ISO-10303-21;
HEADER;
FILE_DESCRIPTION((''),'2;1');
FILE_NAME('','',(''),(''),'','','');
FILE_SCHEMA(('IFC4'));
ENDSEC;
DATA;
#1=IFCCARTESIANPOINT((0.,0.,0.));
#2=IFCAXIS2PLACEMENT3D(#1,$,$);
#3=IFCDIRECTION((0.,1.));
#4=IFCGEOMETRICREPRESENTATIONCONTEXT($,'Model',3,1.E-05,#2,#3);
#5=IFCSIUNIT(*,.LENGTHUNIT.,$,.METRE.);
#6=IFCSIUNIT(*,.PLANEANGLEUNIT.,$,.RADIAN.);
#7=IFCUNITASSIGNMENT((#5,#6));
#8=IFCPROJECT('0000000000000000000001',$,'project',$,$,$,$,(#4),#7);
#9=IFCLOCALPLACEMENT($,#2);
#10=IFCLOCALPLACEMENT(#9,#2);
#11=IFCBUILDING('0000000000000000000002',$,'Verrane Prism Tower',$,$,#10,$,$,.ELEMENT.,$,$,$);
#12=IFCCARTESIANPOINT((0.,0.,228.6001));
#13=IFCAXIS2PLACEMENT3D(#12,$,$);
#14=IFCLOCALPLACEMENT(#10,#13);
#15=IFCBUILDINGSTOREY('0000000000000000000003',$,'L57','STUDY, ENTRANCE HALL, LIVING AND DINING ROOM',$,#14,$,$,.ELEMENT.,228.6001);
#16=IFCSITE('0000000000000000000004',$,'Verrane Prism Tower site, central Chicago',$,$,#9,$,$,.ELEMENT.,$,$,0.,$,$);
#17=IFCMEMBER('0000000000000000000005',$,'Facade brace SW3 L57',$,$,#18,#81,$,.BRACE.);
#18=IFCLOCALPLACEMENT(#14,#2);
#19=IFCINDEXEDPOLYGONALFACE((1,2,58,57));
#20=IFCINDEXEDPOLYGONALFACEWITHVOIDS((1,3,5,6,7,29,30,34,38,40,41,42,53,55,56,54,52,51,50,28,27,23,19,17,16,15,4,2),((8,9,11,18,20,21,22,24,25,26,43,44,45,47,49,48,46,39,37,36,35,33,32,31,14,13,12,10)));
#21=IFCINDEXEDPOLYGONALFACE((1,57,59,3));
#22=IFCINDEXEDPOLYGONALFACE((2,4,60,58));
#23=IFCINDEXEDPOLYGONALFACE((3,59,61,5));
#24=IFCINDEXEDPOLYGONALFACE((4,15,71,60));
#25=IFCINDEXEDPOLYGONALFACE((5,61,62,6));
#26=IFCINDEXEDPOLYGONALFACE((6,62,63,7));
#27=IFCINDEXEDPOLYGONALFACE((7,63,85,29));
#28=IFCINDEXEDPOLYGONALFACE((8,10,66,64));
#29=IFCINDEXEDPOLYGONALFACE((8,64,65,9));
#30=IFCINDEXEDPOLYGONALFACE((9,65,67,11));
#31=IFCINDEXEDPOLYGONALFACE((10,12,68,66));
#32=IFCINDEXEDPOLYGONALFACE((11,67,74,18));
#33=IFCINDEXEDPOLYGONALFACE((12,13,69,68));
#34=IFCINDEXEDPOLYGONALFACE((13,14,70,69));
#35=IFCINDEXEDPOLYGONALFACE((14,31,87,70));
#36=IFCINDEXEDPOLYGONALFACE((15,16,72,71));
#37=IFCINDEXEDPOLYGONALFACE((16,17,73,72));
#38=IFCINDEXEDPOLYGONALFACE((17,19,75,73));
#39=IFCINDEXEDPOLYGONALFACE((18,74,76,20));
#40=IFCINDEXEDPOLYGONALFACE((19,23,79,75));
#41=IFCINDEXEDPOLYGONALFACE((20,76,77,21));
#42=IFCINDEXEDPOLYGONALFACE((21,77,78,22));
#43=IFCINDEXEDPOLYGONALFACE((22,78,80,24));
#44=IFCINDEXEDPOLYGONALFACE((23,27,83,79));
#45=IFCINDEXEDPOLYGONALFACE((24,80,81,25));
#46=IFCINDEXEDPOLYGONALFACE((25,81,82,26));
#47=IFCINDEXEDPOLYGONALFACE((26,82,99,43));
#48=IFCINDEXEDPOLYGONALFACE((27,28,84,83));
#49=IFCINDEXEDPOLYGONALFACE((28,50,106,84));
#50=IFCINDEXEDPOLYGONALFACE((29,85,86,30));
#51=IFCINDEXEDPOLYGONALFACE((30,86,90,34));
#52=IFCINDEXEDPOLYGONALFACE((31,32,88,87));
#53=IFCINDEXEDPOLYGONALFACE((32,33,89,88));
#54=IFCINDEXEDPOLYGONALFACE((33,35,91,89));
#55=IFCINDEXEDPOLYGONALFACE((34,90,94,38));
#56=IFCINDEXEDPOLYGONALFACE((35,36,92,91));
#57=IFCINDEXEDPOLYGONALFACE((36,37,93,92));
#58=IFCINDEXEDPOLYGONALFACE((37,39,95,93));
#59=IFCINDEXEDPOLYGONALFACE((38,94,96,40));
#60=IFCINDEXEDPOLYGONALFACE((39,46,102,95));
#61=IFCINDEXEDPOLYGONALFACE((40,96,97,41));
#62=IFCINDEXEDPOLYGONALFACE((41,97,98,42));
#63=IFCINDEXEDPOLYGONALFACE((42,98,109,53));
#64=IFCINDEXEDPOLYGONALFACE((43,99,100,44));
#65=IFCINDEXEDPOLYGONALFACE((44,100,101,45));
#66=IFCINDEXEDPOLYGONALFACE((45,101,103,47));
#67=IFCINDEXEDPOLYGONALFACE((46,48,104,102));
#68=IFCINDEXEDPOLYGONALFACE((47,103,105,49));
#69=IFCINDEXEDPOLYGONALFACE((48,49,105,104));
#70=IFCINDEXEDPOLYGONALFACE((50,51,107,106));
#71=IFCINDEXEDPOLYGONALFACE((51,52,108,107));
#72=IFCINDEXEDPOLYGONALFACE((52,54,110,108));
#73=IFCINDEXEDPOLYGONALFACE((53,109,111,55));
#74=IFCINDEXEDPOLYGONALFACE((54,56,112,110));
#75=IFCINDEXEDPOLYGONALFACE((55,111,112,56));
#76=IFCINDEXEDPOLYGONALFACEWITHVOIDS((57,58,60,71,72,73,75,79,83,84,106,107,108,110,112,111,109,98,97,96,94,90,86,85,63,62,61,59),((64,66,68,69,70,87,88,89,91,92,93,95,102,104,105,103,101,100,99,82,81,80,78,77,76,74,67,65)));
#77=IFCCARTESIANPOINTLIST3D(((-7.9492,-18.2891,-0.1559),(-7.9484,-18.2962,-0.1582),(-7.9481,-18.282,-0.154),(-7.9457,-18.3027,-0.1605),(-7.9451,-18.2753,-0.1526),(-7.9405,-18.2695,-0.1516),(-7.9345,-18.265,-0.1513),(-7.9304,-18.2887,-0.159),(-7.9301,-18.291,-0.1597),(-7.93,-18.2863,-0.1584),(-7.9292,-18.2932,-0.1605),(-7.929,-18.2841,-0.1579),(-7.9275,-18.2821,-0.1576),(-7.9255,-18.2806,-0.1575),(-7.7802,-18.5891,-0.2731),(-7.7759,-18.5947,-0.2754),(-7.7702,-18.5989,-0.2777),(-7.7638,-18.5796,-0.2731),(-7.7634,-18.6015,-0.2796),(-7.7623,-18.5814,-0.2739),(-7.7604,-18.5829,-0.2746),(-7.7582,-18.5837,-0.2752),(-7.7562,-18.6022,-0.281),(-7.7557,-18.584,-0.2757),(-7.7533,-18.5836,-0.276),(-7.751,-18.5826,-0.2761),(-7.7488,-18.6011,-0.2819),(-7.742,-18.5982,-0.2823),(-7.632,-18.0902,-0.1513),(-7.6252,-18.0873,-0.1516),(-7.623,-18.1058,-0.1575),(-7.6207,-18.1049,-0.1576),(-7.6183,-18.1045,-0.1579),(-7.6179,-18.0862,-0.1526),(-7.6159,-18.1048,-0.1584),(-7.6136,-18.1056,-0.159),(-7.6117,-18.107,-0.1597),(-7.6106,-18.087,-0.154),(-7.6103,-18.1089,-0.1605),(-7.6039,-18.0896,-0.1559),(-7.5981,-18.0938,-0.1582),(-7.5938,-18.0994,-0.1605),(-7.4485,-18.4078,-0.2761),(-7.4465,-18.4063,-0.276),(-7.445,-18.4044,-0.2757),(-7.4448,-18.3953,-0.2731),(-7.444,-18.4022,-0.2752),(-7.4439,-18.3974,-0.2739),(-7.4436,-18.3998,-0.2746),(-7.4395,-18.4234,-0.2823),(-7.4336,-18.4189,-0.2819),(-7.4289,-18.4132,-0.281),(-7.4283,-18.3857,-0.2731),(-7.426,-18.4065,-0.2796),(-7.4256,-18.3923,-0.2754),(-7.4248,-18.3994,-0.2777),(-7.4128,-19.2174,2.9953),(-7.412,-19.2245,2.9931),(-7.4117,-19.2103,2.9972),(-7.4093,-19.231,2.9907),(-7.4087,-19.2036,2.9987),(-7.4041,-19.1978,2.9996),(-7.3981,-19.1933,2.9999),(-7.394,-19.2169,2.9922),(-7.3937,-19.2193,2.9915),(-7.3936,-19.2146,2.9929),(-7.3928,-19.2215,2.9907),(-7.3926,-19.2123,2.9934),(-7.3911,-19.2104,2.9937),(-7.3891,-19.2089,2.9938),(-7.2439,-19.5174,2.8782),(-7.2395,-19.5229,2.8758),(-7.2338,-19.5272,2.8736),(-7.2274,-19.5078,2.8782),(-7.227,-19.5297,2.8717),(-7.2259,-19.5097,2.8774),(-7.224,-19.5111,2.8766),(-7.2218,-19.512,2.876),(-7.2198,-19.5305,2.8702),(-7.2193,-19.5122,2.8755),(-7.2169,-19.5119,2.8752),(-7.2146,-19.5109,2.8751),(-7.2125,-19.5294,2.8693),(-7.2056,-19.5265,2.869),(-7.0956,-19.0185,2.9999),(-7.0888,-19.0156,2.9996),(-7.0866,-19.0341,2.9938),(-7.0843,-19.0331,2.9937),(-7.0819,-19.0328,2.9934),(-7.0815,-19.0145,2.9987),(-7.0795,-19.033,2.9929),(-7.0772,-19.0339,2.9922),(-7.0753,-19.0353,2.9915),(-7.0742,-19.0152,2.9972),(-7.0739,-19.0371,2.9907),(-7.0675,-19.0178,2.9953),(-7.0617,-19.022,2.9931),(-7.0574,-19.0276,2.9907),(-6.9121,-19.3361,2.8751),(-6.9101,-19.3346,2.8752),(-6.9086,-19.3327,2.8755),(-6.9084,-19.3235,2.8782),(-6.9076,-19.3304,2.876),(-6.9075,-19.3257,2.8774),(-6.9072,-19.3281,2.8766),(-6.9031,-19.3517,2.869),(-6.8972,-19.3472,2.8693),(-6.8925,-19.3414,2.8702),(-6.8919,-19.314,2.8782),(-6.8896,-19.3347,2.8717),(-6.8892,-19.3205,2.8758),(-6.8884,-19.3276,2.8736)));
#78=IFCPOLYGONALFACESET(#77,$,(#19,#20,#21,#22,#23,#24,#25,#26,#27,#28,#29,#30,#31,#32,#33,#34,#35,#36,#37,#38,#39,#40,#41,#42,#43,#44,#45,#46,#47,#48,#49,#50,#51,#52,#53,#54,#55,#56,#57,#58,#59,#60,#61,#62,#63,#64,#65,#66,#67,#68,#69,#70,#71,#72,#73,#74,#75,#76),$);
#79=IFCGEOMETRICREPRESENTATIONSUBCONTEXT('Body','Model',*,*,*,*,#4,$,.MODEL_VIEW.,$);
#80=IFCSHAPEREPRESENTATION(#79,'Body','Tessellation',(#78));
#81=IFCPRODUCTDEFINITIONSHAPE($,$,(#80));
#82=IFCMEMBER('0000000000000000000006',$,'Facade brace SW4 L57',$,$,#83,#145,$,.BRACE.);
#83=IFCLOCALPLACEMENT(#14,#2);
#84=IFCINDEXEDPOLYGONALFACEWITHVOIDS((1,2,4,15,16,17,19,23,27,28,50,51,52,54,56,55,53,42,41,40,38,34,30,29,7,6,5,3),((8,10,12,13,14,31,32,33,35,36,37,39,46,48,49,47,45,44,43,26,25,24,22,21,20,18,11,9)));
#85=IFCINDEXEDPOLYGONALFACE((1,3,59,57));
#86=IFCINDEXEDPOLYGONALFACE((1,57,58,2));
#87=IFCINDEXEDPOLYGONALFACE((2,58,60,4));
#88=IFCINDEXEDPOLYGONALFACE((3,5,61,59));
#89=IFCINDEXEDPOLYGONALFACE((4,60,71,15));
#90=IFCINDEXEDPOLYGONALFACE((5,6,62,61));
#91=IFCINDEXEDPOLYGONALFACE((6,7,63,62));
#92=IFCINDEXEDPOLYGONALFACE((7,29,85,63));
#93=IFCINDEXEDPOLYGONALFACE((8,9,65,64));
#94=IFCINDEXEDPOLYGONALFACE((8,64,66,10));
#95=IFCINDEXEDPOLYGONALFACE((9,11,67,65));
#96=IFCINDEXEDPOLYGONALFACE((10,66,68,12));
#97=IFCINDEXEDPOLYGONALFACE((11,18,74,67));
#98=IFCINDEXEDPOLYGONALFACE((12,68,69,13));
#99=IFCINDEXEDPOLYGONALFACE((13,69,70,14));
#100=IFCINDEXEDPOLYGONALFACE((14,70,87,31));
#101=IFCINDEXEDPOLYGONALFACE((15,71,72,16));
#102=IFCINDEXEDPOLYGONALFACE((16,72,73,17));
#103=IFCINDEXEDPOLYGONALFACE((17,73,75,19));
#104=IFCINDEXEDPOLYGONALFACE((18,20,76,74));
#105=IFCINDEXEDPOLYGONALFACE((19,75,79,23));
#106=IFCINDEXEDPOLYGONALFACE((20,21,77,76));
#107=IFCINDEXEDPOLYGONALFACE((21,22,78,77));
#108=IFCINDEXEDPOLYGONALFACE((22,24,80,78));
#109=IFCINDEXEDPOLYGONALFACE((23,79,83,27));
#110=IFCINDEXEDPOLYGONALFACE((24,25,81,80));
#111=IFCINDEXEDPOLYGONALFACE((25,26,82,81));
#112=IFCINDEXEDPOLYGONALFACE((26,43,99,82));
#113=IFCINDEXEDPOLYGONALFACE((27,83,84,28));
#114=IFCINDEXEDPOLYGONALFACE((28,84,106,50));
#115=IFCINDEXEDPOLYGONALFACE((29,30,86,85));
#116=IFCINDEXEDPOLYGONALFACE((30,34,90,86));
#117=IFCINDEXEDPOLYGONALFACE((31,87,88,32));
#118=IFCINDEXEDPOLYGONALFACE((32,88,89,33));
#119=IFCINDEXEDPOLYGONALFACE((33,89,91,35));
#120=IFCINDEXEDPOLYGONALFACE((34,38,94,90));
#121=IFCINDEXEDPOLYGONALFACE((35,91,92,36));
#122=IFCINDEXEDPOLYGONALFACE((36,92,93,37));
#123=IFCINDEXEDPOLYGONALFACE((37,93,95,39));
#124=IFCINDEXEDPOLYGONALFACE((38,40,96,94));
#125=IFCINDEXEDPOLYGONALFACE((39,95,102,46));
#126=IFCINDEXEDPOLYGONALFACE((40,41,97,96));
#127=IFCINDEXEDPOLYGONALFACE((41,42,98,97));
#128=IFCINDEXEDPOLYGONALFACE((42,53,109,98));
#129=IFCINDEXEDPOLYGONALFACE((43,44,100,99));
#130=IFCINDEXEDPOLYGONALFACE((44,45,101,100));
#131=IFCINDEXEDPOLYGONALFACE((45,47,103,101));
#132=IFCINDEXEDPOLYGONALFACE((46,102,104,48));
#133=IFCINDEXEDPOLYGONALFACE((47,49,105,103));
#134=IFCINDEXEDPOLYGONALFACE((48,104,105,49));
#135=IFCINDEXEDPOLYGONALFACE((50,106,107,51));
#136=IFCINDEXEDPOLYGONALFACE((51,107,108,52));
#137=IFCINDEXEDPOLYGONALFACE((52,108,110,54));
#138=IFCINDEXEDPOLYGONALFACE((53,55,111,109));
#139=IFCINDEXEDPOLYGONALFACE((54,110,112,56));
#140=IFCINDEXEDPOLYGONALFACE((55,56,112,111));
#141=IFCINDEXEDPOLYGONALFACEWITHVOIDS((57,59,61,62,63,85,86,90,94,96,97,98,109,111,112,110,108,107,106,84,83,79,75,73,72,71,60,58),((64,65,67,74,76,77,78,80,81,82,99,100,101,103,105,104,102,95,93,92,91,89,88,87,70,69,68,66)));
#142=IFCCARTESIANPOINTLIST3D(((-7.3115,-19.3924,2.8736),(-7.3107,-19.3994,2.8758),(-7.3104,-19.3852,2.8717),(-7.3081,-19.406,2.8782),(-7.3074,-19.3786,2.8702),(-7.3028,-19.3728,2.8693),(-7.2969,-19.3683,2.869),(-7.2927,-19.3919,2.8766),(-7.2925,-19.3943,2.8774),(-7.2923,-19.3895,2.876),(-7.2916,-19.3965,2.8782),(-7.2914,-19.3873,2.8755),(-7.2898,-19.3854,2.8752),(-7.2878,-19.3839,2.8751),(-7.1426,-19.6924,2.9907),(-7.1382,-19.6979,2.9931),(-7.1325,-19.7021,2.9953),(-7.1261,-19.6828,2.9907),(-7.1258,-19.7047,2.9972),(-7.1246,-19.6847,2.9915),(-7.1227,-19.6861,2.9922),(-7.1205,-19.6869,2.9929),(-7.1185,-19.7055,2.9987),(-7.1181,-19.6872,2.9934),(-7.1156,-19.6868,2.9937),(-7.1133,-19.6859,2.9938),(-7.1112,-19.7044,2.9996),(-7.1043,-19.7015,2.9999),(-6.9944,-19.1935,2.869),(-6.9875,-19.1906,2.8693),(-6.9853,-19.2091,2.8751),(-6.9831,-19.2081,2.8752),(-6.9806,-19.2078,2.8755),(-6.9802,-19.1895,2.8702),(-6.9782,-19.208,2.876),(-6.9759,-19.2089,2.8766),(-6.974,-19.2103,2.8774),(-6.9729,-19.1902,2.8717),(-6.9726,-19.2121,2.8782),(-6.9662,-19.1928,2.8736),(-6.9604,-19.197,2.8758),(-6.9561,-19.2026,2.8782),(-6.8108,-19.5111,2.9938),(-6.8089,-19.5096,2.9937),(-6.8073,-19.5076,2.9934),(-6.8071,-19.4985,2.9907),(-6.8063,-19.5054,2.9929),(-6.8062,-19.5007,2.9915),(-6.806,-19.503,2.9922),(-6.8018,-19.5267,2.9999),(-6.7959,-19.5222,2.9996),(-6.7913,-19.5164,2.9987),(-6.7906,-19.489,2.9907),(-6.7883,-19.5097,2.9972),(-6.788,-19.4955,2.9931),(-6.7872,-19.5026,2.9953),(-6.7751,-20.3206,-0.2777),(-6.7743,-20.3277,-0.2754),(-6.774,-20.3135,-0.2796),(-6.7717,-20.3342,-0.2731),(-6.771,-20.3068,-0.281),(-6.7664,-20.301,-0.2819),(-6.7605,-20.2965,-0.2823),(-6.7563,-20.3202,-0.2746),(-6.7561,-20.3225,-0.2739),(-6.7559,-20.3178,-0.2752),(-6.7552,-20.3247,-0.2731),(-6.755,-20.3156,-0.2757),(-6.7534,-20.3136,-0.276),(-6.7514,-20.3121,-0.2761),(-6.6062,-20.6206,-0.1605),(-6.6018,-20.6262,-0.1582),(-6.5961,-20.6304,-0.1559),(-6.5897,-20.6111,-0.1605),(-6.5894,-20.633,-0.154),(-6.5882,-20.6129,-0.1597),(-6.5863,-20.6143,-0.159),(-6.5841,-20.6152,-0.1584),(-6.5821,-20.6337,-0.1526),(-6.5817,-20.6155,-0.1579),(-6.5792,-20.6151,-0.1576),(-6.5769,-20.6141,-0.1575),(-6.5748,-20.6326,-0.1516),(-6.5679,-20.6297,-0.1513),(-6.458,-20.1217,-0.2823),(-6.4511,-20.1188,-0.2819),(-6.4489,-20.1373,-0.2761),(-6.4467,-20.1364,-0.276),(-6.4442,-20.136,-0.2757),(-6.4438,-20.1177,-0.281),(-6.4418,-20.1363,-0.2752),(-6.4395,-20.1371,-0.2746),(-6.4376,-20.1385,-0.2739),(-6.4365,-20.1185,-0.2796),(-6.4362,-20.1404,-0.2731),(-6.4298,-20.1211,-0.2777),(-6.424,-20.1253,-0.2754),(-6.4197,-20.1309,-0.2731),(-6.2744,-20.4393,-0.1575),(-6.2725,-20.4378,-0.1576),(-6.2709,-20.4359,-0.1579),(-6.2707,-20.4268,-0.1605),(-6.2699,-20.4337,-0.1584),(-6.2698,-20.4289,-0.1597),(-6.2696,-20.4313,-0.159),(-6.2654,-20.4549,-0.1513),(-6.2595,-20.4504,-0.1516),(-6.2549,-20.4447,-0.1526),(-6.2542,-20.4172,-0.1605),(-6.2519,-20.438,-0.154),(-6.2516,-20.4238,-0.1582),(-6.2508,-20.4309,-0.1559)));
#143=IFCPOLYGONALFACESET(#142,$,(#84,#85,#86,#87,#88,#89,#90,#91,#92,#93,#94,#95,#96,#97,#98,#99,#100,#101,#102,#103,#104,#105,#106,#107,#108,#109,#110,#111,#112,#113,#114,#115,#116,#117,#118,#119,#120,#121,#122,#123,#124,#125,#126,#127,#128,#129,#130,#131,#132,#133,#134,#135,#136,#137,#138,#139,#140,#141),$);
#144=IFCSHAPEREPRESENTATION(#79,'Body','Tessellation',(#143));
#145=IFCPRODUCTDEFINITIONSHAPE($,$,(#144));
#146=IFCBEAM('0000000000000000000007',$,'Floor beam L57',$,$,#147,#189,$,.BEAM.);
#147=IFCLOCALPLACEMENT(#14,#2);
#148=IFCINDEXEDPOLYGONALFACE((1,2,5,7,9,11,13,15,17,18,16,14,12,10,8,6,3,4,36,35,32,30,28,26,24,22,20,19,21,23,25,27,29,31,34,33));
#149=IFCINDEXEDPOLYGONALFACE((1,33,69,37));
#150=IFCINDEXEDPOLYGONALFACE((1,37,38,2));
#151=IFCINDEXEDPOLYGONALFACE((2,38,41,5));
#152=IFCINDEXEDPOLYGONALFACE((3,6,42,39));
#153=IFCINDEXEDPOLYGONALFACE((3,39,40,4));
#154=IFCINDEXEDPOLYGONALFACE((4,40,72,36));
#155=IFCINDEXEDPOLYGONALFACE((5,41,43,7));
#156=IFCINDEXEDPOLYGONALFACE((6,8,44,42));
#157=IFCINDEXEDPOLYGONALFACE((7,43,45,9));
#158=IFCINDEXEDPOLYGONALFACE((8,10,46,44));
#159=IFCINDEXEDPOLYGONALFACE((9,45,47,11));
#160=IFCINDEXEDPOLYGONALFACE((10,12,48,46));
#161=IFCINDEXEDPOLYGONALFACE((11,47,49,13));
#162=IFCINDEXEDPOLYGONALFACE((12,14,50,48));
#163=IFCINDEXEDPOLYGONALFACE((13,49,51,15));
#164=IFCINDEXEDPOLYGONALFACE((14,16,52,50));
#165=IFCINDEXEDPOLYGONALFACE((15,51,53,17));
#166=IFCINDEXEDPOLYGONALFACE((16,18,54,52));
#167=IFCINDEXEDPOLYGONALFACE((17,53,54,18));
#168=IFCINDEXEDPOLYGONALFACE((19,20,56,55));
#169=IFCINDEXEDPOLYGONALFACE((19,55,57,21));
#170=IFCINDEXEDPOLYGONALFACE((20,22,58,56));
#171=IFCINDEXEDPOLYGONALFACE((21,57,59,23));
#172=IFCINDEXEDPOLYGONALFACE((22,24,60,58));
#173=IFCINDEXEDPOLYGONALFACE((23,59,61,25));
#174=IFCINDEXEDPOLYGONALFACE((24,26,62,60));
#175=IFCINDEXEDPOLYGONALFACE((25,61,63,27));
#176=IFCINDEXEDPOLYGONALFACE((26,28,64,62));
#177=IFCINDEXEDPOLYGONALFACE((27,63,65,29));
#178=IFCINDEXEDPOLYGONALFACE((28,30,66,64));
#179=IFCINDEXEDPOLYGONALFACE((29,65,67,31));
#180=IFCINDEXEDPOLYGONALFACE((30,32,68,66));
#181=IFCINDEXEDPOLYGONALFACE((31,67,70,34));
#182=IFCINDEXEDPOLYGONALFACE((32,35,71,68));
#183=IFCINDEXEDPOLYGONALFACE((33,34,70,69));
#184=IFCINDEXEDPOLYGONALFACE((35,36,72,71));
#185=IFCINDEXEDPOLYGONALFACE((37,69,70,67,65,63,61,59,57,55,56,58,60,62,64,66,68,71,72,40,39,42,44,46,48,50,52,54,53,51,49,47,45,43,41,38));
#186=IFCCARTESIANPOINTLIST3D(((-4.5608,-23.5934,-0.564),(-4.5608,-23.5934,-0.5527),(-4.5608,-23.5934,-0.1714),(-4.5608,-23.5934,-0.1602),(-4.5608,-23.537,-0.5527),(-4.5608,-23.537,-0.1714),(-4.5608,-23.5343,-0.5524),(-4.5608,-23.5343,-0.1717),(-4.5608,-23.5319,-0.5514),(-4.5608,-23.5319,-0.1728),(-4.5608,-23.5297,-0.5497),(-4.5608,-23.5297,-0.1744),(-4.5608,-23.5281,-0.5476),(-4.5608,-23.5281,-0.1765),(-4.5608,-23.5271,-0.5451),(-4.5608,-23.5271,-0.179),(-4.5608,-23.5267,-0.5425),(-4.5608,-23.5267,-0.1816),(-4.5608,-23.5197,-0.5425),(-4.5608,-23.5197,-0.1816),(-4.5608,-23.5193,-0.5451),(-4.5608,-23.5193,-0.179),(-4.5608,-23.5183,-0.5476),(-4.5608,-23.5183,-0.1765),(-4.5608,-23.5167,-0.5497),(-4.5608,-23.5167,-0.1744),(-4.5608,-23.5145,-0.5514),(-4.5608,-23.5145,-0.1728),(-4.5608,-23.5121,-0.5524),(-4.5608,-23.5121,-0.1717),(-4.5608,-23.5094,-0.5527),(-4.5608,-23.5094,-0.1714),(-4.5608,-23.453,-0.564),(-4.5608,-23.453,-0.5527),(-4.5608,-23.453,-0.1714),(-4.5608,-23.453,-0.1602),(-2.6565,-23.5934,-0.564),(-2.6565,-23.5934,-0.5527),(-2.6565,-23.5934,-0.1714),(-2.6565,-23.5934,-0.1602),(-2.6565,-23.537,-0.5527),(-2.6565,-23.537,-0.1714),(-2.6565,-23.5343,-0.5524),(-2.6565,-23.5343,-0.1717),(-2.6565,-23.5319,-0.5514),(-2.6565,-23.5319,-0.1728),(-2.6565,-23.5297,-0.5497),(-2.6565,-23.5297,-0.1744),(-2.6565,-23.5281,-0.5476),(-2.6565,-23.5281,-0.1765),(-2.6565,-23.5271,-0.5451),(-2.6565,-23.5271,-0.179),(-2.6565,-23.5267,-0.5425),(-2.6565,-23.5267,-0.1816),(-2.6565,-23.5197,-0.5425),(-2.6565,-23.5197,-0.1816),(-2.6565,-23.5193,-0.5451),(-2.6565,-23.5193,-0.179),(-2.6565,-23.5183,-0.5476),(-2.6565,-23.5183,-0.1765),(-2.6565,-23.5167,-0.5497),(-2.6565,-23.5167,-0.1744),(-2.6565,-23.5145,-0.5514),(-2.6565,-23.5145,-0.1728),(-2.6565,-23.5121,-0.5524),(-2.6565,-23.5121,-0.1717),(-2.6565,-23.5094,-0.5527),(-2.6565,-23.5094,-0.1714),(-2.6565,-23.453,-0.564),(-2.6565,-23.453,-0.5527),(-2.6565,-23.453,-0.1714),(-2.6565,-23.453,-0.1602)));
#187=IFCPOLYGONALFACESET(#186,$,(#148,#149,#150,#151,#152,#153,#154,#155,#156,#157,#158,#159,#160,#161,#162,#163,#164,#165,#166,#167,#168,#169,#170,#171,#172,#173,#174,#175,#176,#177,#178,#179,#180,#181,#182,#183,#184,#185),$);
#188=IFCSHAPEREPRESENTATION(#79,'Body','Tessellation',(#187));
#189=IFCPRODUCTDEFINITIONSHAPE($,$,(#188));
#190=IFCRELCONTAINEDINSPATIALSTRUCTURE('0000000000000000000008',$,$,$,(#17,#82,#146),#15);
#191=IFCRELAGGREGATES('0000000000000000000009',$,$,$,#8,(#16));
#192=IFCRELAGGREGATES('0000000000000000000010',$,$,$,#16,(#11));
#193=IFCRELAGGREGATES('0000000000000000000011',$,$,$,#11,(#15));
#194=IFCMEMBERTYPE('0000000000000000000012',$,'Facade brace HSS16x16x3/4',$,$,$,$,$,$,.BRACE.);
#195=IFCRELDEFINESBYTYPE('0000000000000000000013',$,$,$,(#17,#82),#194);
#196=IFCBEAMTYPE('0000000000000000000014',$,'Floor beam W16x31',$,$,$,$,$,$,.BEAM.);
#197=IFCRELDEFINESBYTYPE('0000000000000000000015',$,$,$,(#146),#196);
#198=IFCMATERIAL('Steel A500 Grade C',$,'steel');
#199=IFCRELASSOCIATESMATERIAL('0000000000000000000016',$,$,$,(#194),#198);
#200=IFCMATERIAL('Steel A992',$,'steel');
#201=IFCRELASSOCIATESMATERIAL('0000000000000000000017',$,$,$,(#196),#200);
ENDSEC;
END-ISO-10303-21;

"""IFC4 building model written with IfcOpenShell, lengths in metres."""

from ifc_helpers import new_model, si_unit, direction, frame, origin, origin_2d, place, context, subcontext, project, spatial, hollow_rectangle, i_section, extrude, material, material_profile, profile_set, type_object, element, save


model = new_model("IFC4")

# Units and contexts
model_context = context("Model", 3, precision=1e-05, world=origin(), true_north=direction((0.0, 1.0)))
body_context = subcontext(model_context, "Body", "Model", "MODEL_VIEW")
ifc_project = project(units=[si_unit("LENGTHUNIT", "METRE"), si_unit("PLANEANGLEUNIT", "RADIAN")], contexts=[model_context])

# Site, building, storey
site_placement = place(None, origin())
site = spatial("IfcSite", under=ifc_project, at=site_placement, Name="Verrane Prism Tower site, central Chicago", CompositionType="ELEMENT", RefElevation=0.0)
building_placement = place(site_placement, origin())
building = spatial("IfcBuilding", under=site, at=building_placement, Name="Verrane Prism Tower", CompositionType="ELEMENT")
storey_placement = place(building_placement, frame((0.0, 0.0, 228.6001)))
storey = spatial("IfcBuildingStorey", under=building, at=storey_placement, Name="L57", Description="STUDY, ENTRANCE HALL, LIVING AND DINING ROOM", CompositionType="ELEMENT", Elevation=228.6001)

# Members
ifc_material_1 = material(Name="Steel A500 Grade C", Category="steel")
ifc_material_profile_1 = material_profile(ifc_material_1, hollow_rectangle(XDim=0.4065, YDim=0.4065, WallThickness=0.019, InnerFilletRadius=0.0095, OuterFilletRadius=0.0286, at=origin_2d()), Name="HSS16x16x3/4")
ifc_profile_set_1 = profile_set([ifc_material_profile_1], Name="Steel A500 Grade C")
member_type_1 = type_object("IfcMemberType", Name="Facade brace HSS16x16x3/4", PredefinedType="BRACE", material=ifc_profile_set_1)
for number, where, z_axis, x_axis, name in (
    (1, (-7.687, -18.3442, -0.2168), (0.161147, -0.278872, 0.946711), (0.865837, 0.500327, 0.0), "Facade brace SW3 L57"),
    (2, (-6.5129, -20.3757, -0.2168), (-0.161147, 0.278872, 0.946711), (-0.865837, -0.500327, 0.0), "Facade brace SW4 L57"),
):
    element("IfcMember", number, at=place(storey_placement, frame(where, z_axis=z_axis, x_axis=x_axis)), inside=storey, type_object=member_type_1, Name=name, PredefinedType="BRACE", context=body_context, shape_type="SweptSolid", body=[
        extrude(hollow_rectangle(XDim=0.4065, YDim=0.4065, WallThickness=0.019, InnerFilletRadius=0.0095, OuterFilletRadius=0.0286, at=origin_2d()), origin(), (0.0, 0.0, 1.0), 3.3286),
    ])

# Beam
ifc_material_2 = material(Name="Steel A992", Category="steel")
ifc_material_profile_2 = material_profile(ifc_material_2, i_section(OverallWidth=0.1404, OverallDepth=0.4038, WebThickness=0.0071, FlangeThickness=0.0112, FilletRadius=0.0103, at=origin_2d()), Name="W16x31")
ifc_profile_set_2 = profile_set([ifc_material_profile_2], Name="Steel A992")
beam_type_1 = type_object("IfcBeamType", Name="Floor beam W16x31", PredefinedType="BEAM", material=ifc_profile_set_2)
beam_1_placement = place(storey_placement, frame((-4.5608, -23.5232, -0.3621), z_axis=(1.0, 0.0, 0.0), x_axis=(0.0, 1.0, 0.0)))
element("IfcBeam", 3, at=beam_1_placement, inside=storey, type_object=beam_type_1, Name="Floor beam L57", PredefinedType="BEAM", context=body_context, shape_type="SweptSolid", body=[
    extrude(i_section(OverallWidth=0.1404, OverallDepth=0.4038, WebThickness=0.0071, FlangeThickness=0.0112, FilletRadius=0.0103, at=origin_2d()), origin(), (0.0, 0.0, 1.0), 1.9043),
])

save(model, "model.ifc")
